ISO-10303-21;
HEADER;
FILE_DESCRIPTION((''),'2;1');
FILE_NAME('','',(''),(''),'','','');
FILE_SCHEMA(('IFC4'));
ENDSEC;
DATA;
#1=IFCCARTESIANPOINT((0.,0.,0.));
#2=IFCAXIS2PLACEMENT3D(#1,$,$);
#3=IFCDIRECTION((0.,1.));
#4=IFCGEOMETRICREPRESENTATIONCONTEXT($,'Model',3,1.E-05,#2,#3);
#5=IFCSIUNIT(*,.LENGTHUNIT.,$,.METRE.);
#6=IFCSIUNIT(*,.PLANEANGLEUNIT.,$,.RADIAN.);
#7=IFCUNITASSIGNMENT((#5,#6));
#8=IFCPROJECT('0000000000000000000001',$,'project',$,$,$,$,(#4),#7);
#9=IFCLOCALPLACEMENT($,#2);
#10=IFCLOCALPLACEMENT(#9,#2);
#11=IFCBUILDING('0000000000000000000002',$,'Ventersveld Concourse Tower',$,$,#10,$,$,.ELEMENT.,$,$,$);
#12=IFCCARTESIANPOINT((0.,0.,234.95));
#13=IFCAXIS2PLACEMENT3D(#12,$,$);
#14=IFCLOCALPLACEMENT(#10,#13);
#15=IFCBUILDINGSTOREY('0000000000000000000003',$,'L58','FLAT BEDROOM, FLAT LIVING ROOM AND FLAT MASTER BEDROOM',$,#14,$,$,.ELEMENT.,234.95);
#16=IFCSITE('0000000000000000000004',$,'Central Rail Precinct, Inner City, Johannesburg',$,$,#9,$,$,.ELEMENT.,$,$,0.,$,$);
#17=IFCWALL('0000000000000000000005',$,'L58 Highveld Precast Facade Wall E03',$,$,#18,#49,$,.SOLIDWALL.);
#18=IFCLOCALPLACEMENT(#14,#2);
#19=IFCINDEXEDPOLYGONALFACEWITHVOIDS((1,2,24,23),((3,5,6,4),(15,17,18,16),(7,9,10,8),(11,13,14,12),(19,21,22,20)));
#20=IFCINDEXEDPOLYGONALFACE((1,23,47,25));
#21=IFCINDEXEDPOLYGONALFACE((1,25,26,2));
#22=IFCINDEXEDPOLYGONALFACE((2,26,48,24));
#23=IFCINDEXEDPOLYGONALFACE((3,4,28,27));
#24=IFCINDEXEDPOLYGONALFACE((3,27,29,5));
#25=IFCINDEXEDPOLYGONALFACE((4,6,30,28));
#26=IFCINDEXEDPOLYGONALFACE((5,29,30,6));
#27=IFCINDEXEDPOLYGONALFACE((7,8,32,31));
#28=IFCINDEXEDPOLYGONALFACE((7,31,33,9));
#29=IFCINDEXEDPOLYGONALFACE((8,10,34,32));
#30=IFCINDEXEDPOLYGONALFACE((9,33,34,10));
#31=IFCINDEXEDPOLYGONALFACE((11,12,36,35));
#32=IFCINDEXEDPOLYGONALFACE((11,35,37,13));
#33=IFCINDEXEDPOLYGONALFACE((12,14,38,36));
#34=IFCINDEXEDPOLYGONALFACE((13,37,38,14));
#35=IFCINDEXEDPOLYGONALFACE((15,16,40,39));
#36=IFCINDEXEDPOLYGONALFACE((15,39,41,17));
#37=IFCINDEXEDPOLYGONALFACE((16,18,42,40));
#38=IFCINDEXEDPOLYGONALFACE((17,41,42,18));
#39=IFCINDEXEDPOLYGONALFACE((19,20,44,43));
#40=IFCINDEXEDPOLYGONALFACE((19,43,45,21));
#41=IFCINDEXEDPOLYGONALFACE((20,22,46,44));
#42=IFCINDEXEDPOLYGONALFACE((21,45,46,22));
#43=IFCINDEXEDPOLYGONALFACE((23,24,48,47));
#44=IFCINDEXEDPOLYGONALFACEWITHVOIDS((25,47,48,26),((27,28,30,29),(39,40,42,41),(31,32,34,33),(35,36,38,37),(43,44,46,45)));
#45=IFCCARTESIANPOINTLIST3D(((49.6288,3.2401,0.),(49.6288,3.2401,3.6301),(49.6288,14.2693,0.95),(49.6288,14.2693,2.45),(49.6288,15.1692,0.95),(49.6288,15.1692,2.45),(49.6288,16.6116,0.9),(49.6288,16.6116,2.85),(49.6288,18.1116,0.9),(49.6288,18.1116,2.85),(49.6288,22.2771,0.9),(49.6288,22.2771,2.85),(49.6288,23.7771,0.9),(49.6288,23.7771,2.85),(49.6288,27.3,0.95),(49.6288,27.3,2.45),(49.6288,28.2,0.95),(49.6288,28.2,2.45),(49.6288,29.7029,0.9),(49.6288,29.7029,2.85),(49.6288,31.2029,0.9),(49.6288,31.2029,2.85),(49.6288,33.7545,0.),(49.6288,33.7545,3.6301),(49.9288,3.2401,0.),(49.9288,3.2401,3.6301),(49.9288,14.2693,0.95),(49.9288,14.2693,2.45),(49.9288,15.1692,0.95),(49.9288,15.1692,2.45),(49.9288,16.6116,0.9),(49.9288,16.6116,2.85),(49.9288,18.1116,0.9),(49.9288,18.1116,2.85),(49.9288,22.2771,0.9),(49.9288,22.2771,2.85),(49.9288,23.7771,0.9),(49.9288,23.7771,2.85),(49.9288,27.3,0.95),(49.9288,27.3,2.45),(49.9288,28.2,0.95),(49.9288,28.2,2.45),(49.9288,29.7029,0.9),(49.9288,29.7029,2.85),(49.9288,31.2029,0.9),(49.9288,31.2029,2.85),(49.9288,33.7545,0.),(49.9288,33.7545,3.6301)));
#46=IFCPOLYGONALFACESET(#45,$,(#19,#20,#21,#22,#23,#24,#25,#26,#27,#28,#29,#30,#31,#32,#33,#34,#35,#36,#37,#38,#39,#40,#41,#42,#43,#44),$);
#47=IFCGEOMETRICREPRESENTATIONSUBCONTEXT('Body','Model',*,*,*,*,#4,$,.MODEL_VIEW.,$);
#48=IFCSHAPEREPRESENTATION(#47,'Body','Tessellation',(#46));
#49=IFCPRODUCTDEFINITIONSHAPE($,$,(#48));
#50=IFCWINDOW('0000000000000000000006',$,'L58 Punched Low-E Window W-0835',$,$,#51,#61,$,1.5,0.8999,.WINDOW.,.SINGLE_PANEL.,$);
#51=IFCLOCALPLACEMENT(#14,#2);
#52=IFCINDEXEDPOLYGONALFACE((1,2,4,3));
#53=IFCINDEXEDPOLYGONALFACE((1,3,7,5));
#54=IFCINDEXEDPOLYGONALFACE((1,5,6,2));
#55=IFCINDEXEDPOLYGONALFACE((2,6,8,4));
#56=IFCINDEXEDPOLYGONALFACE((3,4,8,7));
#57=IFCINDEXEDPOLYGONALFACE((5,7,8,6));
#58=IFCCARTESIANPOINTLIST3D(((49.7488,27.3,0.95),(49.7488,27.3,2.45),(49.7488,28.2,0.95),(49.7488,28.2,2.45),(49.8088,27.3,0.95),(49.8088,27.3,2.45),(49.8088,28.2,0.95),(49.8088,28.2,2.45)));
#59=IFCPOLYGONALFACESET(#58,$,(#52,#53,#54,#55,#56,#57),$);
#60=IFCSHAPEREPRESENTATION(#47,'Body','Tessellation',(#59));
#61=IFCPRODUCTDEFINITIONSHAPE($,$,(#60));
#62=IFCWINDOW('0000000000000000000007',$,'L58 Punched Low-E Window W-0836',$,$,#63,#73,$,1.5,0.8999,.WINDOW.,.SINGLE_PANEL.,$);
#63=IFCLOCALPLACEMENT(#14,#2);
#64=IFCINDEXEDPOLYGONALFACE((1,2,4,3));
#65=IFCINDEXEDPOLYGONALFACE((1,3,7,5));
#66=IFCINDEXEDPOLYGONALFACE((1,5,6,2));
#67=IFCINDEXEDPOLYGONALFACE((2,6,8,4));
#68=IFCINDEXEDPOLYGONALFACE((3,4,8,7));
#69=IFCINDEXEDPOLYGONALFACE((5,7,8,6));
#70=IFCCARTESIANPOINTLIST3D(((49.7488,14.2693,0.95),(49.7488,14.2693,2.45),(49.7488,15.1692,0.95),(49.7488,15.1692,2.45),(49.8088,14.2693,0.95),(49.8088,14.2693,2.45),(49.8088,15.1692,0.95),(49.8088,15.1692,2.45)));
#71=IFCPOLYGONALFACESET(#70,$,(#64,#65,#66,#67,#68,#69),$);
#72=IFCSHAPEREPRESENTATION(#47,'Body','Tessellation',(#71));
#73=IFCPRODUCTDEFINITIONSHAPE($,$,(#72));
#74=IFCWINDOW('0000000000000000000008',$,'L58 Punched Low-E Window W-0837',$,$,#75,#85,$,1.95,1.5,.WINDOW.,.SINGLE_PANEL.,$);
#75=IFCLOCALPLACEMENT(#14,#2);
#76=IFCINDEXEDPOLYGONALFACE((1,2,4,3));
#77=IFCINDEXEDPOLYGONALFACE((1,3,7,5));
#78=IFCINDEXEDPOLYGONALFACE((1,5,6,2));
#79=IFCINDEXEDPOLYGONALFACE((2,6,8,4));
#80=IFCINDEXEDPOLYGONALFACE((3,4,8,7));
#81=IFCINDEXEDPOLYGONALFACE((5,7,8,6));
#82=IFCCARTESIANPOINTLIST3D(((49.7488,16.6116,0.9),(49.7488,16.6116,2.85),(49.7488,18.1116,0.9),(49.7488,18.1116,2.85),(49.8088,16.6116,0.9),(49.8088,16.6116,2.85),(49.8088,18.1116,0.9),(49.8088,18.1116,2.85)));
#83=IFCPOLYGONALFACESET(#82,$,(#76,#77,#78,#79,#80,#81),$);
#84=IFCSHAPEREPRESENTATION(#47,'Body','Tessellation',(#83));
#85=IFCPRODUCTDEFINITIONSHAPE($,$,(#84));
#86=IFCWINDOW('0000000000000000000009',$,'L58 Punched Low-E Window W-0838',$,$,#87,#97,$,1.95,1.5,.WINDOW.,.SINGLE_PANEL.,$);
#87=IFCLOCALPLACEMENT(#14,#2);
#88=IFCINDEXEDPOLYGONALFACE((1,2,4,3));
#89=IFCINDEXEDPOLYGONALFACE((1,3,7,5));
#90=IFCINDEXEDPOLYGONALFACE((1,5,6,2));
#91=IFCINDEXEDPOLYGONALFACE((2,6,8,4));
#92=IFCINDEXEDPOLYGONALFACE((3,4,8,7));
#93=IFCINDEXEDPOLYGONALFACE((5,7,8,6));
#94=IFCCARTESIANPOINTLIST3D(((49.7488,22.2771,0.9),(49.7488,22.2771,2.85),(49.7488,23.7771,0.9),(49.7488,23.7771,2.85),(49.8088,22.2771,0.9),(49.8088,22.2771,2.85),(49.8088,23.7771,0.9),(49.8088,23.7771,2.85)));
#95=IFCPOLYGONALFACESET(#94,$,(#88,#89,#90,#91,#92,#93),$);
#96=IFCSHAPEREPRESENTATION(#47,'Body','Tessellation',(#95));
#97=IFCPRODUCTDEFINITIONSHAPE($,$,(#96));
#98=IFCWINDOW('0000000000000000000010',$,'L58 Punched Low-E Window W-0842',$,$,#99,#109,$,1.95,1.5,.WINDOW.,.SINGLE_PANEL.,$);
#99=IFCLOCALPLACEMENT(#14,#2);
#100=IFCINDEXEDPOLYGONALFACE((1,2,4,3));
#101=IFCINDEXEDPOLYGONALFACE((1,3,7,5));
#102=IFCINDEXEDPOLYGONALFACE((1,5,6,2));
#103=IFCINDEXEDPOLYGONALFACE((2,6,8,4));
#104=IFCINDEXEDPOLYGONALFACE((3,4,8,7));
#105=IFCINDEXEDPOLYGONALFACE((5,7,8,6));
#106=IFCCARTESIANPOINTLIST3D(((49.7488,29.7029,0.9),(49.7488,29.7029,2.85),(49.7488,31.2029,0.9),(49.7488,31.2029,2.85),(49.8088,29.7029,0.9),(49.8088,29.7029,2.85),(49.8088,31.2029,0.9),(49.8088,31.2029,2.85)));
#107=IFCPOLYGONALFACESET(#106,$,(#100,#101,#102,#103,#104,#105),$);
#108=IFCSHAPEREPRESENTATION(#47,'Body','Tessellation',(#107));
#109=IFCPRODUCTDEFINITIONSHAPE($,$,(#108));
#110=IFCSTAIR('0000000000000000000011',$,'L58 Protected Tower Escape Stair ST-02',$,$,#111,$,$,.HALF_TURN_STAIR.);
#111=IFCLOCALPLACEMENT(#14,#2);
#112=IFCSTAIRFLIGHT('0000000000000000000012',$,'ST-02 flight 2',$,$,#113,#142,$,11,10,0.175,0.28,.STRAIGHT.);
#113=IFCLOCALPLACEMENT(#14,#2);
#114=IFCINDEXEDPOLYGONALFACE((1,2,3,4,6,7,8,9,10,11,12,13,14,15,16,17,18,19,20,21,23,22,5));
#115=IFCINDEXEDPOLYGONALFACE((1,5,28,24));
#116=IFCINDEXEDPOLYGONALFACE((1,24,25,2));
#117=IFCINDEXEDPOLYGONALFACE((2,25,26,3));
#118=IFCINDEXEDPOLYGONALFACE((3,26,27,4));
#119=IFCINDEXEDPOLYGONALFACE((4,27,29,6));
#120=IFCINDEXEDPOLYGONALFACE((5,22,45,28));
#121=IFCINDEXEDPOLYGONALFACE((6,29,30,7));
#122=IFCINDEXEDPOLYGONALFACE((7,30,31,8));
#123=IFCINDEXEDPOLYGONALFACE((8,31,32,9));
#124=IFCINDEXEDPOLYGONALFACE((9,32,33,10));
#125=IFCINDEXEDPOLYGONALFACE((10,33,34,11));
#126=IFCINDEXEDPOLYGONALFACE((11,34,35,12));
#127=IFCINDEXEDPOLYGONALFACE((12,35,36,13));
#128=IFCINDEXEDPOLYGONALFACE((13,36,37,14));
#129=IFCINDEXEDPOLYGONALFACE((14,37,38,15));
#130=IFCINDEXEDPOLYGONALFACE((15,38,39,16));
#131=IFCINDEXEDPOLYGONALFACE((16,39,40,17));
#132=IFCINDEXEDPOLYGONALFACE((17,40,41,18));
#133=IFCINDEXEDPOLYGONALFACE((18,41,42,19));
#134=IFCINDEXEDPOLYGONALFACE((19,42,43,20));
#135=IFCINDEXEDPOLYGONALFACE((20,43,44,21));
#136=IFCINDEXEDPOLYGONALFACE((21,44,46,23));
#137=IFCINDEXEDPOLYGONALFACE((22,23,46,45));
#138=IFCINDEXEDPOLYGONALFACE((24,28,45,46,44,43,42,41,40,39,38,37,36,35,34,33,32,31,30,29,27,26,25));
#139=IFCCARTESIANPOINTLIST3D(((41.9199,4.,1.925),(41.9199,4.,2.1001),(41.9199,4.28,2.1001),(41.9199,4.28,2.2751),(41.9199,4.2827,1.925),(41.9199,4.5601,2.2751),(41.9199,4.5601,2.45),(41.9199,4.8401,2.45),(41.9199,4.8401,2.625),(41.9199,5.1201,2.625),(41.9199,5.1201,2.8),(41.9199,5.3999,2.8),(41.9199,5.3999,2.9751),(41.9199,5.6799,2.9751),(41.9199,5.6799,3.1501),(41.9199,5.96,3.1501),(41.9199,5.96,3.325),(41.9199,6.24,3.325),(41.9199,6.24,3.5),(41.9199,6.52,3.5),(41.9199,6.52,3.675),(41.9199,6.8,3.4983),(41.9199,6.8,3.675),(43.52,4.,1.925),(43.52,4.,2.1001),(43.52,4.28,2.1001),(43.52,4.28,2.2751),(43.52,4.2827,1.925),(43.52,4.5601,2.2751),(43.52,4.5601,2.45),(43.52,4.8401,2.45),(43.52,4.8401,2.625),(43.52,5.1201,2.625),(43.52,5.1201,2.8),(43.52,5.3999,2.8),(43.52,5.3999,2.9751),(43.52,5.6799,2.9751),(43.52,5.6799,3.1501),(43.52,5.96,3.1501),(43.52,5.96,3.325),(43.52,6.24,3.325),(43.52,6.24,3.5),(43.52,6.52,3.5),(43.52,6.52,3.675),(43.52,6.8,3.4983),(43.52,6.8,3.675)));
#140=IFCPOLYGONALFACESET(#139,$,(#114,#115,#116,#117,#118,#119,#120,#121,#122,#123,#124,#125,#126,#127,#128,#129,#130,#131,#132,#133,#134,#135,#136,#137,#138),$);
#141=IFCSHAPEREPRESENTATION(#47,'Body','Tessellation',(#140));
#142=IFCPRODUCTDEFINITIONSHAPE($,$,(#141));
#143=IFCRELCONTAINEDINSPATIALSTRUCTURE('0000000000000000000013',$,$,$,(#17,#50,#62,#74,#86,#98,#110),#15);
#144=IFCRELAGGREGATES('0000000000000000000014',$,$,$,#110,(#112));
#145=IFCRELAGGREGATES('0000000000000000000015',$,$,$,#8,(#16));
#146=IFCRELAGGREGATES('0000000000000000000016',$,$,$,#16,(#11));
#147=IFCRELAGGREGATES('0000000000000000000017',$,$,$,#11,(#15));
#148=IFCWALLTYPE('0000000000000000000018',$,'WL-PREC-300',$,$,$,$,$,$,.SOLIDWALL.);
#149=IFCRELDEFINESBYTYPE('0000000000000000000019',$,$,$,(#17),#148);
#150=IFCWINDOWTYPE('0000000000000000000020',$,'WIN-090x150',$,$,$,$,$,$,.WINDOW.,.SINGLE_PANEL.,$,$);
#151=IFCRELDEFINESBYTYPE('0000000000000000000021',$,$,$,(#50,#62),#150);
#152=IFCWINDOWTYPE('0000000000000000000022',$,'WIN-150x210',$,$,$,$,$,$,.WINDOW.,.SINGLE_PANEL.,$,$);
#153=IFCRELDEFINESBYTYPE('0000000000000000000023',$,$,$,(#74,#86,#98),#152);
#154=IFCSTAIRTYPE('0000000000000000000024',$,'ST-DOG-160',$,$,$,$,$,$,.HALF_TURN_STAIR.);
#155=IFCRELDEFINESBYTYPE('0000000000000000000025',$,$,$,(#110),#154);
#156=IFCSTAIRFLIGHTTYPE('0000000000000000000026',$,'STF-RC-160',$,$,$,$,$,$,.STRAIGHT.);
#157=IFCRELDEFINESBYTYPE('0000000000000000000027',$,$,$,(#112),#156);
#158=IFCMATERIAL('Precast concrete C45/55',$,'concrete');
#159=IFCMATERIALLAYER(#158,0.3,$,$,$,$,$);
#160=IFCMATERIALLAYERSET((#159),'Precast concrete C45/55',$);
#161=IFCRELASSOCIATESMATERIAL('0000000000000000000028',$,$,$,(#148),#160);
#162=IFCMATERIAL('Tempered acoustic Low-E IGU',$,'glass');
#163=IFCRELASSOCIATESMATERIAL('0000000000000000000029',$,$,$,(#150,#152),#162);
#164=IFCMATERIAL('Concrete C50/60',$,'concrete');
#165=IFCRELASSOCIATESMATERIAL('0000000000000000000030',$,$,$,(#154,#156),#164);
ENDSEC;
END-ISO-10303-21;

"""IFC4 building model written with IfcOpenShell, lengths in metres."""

from ifc_helpers import new_model, si_unit, direction, frame, frame_2d, origin, place, context, subcontext, project, spatial, polyline, rectangle, outline, extrude, material, layer, layer_set, type_object, element, fill, aggregate, save


model = new_model("IFC4")

# Units and contexts
model_context = context("Model", 3, precision=1e-05, world=origin(), true_north=direction((0.0, 1.0)))
body_context = subcontext(model_context, "Body", "Model", "MODEL_VIEW")
ifc_project = project(units=[si_unit("LENGTHUNIT", "METRE"), si_unit("PLANEANGLEUNIT", "RADIAN")], contexts=[model_context])

# Site, building, storey
site_placement = place(None, origin())
site = spatial("IfcSite", under=ifc_project, at=site_placement, Name="Central Rail Precinct, Inner City, Johannesburg", CompositionType="ELEMENT", RefElevation=0.0)
building_placement = place(site_placement, origin())
building = spatial("IfcBuilding", under=site, at=building_placement, Name="Ventersveld Concourse Tower", CompositionType="ELEMENT")
storey_placement = place(building_placement, frame((0.0, 0.0, 234.95)))
storey = spatial("IfcBuildingStorey", under=building, at=storey_placement, Name="L58", Description="FLAT BEDROOM, FLAT LIVING ROOM AND FLAT MASTER BEDROOM", CompositionType="ELEMENT", Elevation=234.95)

# Shared definitions
ifc_material_1 = material(Name="Concrete C50/60", Category="concrete")

# Shared definitions
ifc_material_2 = material(Name="Precast concrete C45/55", Category="concrete")
ifc_layer_1 = layer(ifc_material_2, 0.3)
ifc_layer_set_1 = layer_set([ifc_layer_1], Name="Precast concrete C45/55")
wall_type_1 = type_object("IfcWallType", Name="WL-PREC-300", PredefinedType="SOLIDWALL", material=ifc_layer_set_1)

# Wall, openings, windows
wall_1_placement = place(storey_placement, frame((49.7788, 3.24, 0.0), z_axis=(0.0, 0.0, 1.0), x_axis=(0.0, 1.0, 0.0)))
wall_1 = element("IfcWall", 1, at=wall_1_placement, inside=storey, type_object=wall_type_1, Name="L58 Highveld Precast Facade Wall E03", PredefinedType="SOLIDWALL", context=body_context, shape_type="SweptSolid", body=[
    extrude(rectangle(XDim=30.5144, YDim=0.3, at=frame_2d((15.2573, 0.0))), origin(), (0.0, 0.0, 1.0), 3.6301),
])
opening_1_placement = place(wall_1_placement, frame((24.0601, 0.0, 0.95)))
opening_1 = element("IfcOpeningElement", 2, at=opening_1_placement, cuts=wall_1, PredefinedType="OPENING", context=body_context, shape_type="SweptSolid", body=[
    extrude(rectangle(XDim=0.8999, YDim=1.5, at=frame_2d((0.45, 0.75))), frame((0.0, 0.1602, 0.0), z_axis=(0.0, -1.0, 0.0), x_axis=(1.0, 0.0, 0.0)), (0.0, 0.0, 1.0), 0.3201),
])
opening_2_placement = place(wall_1_placement, frame((11.0293, 0.0, 0.95)))
opening_2 = element("IfcOpeningElement", 3, at=opening_2_placement, cuts=wall_1, PredefinedType="OPENING", context=body_context, shape_type="SweptSolid", body=[
    extrude(rectangle(XDim=0.8999, YDim=1.5, at=frame_2d((0.45, 0.75))), frame((0.0, 0.1602, 0.0), z_axis=(0.0, -1.0, 0.0), x_axis=(1.0, 0.0, 0.0)), (0.0, 0.0, 1.0), 0.3201),
])
opening_3_placement = place(wall_1_placement, frame((13.3716, 0.0, 0.8999)))
opening_3 = element("IfcOpeningElement", 4, at=opening_3_placement, cuts=wall_1, PredefinedType="OPENING", context=body_context, shape_type="SweptSolid", body=[
    extrude(rectangle(XDim=1.5, YDim=1.95, at=frame_2d((0.75, 0.9751))), frame((0.0, 0.1602, 0.0), z_axis=(0.0, -1.0, 0.0), x_axis=(1.0, 0.0, 0.0)), (0.0, 0.0, 1.0), 0.3201),
])
opening_4_placement = place(wall_1_placement, frame((19.0371, 0.0, 0.8999)))
opening_4 = element("IfcOpeningElement", 5, at=opening_4_placement, cuts=wall_1, PredefinedType="OPENING", context=body_context, shape_type="SweptSolid", body=[
    extrude(rectangle(XDim=1.5, YDim=1.95, at=frame_2d((0.75, 0.9751))), frame((0.0, 0.1602, 0.0), z_axis=(0.0, -1.0, 0.0), x_axis=(1.0, 0.0, 0.0)), (0.0, 0.0, 1.0), 0.3201),
])
opening_5_placement = place(wall_1_placement, frame((26.4629, 0.0, 0.8999)))
opening_5 = element("IfcOpeningElement", 6, at=opening_5_placement, cuts=wall_1, PredefinedType="OPENING", context=body_context, shape_type="SweptSolid", body=[
    extrude(rectangle(XDim=1.5, YDim=1.95, at=frame_2d((0.75, 0.9751))), frame((0.0, 0.1602, 0.0), z_axis=(0.0, -1.0, 0.0), x_axis=(1.0, 0.0, 0.0)), (0.0, 0.0, 1.0), 0.3201),
])
ifc_material_3 = material(Name="Tempered acoustic Low-E IGU", Category="glass")
window_type_1 = type_object("IfcWindowType", Name="WIN-090x150", PartitioningType="SINGLE_PANEL", PredefinedType="WINDOW", material=ifc_material_3)
window_1_placement = place(opening_1_placement, origin())
window_1 = element("IfcWindow", 7, at=window_1_placement, inside=storey, type_object=window_type_1, Name="L58 Punched Low-E Window W-0835", OverallHeight=1.5, OverallWidth=0.8999, PartitioningType="SINGLE_PANEL", PredefinedType="WINDOW", context=body_context, shape_type="SweptSolid", body=[
    extrude(rectangle(XDim=0.8999, YDim=1.5, at=frame_2d((0.45, 0.75))), frame((0.0, 0.03, 0.0), z_axis=(0.0, -1.0, 0.0), x_axis=(1.0, 0.0, 0.0)), (0.0, 0.0, 1.0), 0.0601),
])
fill(opening_1, window_1)
window_2_placement = place(opening_2_placement, origin())
window_2 = element("IfcWindow", 8, at=window_2_placement, inside=storey, type_object=window_type_1, Name="L58 Punched Low-E Window W-0836", OverallHeight=1.5, OverallWidth=0.8999, PartitioningType="SINGLE_PANEL", PredefinedType="WINDOW", context=body_context, shape_type="SweptSolid", body=[
    extrude(rectangle(XDim=0.8999, YDim=1.5, at=frame_2d((0.45, 0.75))), frame((0.0, 0.03, 0.0), z_axis=(0.0, -1.0, 0.0), x_axis=(1.0, 0.0, 0.0)), (0.0, 0.0, 1.0), 0.0601),
])
fill(opening_2, window_2)
window_type_2 = type_object("IfcWindowType", Name="WIN-150x210", PartitioningType="SINGLE_PANEL", PredefinedType="WINDOW", material=ifc_material_3)
window_3_placement = place(opening_3_placement, origin())
window_3 = element("IfcWindow", 9, at=window_3_placement, inside=storey, type_object=window_type_2, Name="L58 Punched Low-E Window W-0837", OverallHeight=1.95, OverallWidth=1.5, PartitioningType="SINGLE_PANEL", PredefinedType="WINDOW", context=body_context, shape_type="SweptSolid", body=[
    extrude(rectangle(XDim=1.5, YDim=1.95, at=frame_2d((0.75, 0.9751))), frame((0.0, 0.03, 0.0), z_axis=(0.0, -1.0, 0.0), x_axis=(1.0, 0.0, 0.0)), (0.0, 0.0, 1.0), 0.0601),
])
fill(opening_3, window_3)
window_4_placement = place(opening_4_placement, origin())
window_4 = element("IfcWindow", 10, at=window_4_placement, inside=storey, type_object=window_type_2, Name="L58 Punched Low-E Window W-0838", OverallHeight=1.95, OverallWidth=1.5, PartitioningType="SINGLE_PANEL", PredefinedType="WINDOW", context=body_context, shape_type="SweptSolid", body=[
    extrude(rectangle(XDim=1.5, YDim=1.95, at=frame_2d((0.75, 0.9751))), frame((0.0, 0.03, 0.0), z_axis=(0.0, -1.0, 0.0), x_axis=(1.0, 0.0, 0.0)), (0.0, 0.0, 1.0), 0.0601),
])
fill(opening_4, window_4)
window_5_placement = place(opening_5_placement, origin())
window_5 = element("IfcWindow", 11, at=window_5_placement, inside=storey, type_object=window_type_2, Name="L58 Punched Low-E Window W-0842", OverallHeight=1.95, OverallWidth=1.5, PartitioningType="SINGLE_PANEL", PredefinedType="WINDOW", context=body_context, shape_type="SweptSolid", body=[
    extrude(rectangle(XDim=1.5, YDim=1.95, at=frame_2d((0.75, 0.9751))), frame((0.0, 0.03, 0.0), z_axis=(0.0, -1.0, 0.0), x_axis=(1.0, 0.0, 0.0)), (0.0, 0.0, 1.0), 0.0601),
])
fill(opening_5, window_5)

# Stair, stair flight
stair_type = type_object("IfcStairType", Name="ST-DOG-160", PredefinedType="HALF_TURN_STAIR", material=ifc_material_1)
stair_placement = place(storey_placement, origin())
stair = element("IfcStair", 12, at=stair_placement, inside=storey, type_object=stair_type, Name="L58 Protected Tower Escape Stair ST-02", PredefinedType="HALF_TURN_STAIR")
stair_flight_type = type_object("IfcStairFlightType", Name="STF-RC-160", PredefinedType="STRAIGHT", material=ifc_material_1)
stair_flight_placement = place(storey_placement, frame((42.72, 4.0, 1.925), z_axis=(0.0, 0.0, 1.0), x_axis=(0.0, 1.0, 0.0)))
stair_flight = element("IfcStairFlight", 13, at=stair_flight_placement, type_object=stair_flight_type, Name="ST-02 flight 2", NumberOfRisers=11, NumberOfTreads=10, PredefinedType="STRAIGHT", RiserHeight=0.175, TreadLength=0.28, context=body_context, shape_type="SweptSolid", body=[
    extrude(outline(polyline([(0.0, 0.0), (0.0, 0.175), (0.28, 0.175), (0.28, 0.3501), (0.5601, 0.3501), (0.5601, 0.5249), (0.8401, 0.5249), (0.8401, 0.7), (1.1201, 0.7), (1.1201, 0.875), (1.3999, 0.875), (1.3999, 1.05), (1.6799, 1.05), (1.6799, 1.2251), (1.96, 1.2251), (1.96, 1.3999), (2.24, 1.3999), (2.24, 1.575), (2.52, 1.575), (2.52, 1.75), (2.8, 1.75), (2.8, 1.925), (2.8, 1.5732), (0.2827, 0.0), (0.0, 0.0)])), frame((0.0, 0.8, 0.0), z_axis=(0.0, -1.0, 0.0), x_axis=(1.0, 0.0, 0.0)), (0.0, 0.0, 1.0), 1.6001),
])
aggregate(stair, [stair_flight])

save(model, "model.ifc")
